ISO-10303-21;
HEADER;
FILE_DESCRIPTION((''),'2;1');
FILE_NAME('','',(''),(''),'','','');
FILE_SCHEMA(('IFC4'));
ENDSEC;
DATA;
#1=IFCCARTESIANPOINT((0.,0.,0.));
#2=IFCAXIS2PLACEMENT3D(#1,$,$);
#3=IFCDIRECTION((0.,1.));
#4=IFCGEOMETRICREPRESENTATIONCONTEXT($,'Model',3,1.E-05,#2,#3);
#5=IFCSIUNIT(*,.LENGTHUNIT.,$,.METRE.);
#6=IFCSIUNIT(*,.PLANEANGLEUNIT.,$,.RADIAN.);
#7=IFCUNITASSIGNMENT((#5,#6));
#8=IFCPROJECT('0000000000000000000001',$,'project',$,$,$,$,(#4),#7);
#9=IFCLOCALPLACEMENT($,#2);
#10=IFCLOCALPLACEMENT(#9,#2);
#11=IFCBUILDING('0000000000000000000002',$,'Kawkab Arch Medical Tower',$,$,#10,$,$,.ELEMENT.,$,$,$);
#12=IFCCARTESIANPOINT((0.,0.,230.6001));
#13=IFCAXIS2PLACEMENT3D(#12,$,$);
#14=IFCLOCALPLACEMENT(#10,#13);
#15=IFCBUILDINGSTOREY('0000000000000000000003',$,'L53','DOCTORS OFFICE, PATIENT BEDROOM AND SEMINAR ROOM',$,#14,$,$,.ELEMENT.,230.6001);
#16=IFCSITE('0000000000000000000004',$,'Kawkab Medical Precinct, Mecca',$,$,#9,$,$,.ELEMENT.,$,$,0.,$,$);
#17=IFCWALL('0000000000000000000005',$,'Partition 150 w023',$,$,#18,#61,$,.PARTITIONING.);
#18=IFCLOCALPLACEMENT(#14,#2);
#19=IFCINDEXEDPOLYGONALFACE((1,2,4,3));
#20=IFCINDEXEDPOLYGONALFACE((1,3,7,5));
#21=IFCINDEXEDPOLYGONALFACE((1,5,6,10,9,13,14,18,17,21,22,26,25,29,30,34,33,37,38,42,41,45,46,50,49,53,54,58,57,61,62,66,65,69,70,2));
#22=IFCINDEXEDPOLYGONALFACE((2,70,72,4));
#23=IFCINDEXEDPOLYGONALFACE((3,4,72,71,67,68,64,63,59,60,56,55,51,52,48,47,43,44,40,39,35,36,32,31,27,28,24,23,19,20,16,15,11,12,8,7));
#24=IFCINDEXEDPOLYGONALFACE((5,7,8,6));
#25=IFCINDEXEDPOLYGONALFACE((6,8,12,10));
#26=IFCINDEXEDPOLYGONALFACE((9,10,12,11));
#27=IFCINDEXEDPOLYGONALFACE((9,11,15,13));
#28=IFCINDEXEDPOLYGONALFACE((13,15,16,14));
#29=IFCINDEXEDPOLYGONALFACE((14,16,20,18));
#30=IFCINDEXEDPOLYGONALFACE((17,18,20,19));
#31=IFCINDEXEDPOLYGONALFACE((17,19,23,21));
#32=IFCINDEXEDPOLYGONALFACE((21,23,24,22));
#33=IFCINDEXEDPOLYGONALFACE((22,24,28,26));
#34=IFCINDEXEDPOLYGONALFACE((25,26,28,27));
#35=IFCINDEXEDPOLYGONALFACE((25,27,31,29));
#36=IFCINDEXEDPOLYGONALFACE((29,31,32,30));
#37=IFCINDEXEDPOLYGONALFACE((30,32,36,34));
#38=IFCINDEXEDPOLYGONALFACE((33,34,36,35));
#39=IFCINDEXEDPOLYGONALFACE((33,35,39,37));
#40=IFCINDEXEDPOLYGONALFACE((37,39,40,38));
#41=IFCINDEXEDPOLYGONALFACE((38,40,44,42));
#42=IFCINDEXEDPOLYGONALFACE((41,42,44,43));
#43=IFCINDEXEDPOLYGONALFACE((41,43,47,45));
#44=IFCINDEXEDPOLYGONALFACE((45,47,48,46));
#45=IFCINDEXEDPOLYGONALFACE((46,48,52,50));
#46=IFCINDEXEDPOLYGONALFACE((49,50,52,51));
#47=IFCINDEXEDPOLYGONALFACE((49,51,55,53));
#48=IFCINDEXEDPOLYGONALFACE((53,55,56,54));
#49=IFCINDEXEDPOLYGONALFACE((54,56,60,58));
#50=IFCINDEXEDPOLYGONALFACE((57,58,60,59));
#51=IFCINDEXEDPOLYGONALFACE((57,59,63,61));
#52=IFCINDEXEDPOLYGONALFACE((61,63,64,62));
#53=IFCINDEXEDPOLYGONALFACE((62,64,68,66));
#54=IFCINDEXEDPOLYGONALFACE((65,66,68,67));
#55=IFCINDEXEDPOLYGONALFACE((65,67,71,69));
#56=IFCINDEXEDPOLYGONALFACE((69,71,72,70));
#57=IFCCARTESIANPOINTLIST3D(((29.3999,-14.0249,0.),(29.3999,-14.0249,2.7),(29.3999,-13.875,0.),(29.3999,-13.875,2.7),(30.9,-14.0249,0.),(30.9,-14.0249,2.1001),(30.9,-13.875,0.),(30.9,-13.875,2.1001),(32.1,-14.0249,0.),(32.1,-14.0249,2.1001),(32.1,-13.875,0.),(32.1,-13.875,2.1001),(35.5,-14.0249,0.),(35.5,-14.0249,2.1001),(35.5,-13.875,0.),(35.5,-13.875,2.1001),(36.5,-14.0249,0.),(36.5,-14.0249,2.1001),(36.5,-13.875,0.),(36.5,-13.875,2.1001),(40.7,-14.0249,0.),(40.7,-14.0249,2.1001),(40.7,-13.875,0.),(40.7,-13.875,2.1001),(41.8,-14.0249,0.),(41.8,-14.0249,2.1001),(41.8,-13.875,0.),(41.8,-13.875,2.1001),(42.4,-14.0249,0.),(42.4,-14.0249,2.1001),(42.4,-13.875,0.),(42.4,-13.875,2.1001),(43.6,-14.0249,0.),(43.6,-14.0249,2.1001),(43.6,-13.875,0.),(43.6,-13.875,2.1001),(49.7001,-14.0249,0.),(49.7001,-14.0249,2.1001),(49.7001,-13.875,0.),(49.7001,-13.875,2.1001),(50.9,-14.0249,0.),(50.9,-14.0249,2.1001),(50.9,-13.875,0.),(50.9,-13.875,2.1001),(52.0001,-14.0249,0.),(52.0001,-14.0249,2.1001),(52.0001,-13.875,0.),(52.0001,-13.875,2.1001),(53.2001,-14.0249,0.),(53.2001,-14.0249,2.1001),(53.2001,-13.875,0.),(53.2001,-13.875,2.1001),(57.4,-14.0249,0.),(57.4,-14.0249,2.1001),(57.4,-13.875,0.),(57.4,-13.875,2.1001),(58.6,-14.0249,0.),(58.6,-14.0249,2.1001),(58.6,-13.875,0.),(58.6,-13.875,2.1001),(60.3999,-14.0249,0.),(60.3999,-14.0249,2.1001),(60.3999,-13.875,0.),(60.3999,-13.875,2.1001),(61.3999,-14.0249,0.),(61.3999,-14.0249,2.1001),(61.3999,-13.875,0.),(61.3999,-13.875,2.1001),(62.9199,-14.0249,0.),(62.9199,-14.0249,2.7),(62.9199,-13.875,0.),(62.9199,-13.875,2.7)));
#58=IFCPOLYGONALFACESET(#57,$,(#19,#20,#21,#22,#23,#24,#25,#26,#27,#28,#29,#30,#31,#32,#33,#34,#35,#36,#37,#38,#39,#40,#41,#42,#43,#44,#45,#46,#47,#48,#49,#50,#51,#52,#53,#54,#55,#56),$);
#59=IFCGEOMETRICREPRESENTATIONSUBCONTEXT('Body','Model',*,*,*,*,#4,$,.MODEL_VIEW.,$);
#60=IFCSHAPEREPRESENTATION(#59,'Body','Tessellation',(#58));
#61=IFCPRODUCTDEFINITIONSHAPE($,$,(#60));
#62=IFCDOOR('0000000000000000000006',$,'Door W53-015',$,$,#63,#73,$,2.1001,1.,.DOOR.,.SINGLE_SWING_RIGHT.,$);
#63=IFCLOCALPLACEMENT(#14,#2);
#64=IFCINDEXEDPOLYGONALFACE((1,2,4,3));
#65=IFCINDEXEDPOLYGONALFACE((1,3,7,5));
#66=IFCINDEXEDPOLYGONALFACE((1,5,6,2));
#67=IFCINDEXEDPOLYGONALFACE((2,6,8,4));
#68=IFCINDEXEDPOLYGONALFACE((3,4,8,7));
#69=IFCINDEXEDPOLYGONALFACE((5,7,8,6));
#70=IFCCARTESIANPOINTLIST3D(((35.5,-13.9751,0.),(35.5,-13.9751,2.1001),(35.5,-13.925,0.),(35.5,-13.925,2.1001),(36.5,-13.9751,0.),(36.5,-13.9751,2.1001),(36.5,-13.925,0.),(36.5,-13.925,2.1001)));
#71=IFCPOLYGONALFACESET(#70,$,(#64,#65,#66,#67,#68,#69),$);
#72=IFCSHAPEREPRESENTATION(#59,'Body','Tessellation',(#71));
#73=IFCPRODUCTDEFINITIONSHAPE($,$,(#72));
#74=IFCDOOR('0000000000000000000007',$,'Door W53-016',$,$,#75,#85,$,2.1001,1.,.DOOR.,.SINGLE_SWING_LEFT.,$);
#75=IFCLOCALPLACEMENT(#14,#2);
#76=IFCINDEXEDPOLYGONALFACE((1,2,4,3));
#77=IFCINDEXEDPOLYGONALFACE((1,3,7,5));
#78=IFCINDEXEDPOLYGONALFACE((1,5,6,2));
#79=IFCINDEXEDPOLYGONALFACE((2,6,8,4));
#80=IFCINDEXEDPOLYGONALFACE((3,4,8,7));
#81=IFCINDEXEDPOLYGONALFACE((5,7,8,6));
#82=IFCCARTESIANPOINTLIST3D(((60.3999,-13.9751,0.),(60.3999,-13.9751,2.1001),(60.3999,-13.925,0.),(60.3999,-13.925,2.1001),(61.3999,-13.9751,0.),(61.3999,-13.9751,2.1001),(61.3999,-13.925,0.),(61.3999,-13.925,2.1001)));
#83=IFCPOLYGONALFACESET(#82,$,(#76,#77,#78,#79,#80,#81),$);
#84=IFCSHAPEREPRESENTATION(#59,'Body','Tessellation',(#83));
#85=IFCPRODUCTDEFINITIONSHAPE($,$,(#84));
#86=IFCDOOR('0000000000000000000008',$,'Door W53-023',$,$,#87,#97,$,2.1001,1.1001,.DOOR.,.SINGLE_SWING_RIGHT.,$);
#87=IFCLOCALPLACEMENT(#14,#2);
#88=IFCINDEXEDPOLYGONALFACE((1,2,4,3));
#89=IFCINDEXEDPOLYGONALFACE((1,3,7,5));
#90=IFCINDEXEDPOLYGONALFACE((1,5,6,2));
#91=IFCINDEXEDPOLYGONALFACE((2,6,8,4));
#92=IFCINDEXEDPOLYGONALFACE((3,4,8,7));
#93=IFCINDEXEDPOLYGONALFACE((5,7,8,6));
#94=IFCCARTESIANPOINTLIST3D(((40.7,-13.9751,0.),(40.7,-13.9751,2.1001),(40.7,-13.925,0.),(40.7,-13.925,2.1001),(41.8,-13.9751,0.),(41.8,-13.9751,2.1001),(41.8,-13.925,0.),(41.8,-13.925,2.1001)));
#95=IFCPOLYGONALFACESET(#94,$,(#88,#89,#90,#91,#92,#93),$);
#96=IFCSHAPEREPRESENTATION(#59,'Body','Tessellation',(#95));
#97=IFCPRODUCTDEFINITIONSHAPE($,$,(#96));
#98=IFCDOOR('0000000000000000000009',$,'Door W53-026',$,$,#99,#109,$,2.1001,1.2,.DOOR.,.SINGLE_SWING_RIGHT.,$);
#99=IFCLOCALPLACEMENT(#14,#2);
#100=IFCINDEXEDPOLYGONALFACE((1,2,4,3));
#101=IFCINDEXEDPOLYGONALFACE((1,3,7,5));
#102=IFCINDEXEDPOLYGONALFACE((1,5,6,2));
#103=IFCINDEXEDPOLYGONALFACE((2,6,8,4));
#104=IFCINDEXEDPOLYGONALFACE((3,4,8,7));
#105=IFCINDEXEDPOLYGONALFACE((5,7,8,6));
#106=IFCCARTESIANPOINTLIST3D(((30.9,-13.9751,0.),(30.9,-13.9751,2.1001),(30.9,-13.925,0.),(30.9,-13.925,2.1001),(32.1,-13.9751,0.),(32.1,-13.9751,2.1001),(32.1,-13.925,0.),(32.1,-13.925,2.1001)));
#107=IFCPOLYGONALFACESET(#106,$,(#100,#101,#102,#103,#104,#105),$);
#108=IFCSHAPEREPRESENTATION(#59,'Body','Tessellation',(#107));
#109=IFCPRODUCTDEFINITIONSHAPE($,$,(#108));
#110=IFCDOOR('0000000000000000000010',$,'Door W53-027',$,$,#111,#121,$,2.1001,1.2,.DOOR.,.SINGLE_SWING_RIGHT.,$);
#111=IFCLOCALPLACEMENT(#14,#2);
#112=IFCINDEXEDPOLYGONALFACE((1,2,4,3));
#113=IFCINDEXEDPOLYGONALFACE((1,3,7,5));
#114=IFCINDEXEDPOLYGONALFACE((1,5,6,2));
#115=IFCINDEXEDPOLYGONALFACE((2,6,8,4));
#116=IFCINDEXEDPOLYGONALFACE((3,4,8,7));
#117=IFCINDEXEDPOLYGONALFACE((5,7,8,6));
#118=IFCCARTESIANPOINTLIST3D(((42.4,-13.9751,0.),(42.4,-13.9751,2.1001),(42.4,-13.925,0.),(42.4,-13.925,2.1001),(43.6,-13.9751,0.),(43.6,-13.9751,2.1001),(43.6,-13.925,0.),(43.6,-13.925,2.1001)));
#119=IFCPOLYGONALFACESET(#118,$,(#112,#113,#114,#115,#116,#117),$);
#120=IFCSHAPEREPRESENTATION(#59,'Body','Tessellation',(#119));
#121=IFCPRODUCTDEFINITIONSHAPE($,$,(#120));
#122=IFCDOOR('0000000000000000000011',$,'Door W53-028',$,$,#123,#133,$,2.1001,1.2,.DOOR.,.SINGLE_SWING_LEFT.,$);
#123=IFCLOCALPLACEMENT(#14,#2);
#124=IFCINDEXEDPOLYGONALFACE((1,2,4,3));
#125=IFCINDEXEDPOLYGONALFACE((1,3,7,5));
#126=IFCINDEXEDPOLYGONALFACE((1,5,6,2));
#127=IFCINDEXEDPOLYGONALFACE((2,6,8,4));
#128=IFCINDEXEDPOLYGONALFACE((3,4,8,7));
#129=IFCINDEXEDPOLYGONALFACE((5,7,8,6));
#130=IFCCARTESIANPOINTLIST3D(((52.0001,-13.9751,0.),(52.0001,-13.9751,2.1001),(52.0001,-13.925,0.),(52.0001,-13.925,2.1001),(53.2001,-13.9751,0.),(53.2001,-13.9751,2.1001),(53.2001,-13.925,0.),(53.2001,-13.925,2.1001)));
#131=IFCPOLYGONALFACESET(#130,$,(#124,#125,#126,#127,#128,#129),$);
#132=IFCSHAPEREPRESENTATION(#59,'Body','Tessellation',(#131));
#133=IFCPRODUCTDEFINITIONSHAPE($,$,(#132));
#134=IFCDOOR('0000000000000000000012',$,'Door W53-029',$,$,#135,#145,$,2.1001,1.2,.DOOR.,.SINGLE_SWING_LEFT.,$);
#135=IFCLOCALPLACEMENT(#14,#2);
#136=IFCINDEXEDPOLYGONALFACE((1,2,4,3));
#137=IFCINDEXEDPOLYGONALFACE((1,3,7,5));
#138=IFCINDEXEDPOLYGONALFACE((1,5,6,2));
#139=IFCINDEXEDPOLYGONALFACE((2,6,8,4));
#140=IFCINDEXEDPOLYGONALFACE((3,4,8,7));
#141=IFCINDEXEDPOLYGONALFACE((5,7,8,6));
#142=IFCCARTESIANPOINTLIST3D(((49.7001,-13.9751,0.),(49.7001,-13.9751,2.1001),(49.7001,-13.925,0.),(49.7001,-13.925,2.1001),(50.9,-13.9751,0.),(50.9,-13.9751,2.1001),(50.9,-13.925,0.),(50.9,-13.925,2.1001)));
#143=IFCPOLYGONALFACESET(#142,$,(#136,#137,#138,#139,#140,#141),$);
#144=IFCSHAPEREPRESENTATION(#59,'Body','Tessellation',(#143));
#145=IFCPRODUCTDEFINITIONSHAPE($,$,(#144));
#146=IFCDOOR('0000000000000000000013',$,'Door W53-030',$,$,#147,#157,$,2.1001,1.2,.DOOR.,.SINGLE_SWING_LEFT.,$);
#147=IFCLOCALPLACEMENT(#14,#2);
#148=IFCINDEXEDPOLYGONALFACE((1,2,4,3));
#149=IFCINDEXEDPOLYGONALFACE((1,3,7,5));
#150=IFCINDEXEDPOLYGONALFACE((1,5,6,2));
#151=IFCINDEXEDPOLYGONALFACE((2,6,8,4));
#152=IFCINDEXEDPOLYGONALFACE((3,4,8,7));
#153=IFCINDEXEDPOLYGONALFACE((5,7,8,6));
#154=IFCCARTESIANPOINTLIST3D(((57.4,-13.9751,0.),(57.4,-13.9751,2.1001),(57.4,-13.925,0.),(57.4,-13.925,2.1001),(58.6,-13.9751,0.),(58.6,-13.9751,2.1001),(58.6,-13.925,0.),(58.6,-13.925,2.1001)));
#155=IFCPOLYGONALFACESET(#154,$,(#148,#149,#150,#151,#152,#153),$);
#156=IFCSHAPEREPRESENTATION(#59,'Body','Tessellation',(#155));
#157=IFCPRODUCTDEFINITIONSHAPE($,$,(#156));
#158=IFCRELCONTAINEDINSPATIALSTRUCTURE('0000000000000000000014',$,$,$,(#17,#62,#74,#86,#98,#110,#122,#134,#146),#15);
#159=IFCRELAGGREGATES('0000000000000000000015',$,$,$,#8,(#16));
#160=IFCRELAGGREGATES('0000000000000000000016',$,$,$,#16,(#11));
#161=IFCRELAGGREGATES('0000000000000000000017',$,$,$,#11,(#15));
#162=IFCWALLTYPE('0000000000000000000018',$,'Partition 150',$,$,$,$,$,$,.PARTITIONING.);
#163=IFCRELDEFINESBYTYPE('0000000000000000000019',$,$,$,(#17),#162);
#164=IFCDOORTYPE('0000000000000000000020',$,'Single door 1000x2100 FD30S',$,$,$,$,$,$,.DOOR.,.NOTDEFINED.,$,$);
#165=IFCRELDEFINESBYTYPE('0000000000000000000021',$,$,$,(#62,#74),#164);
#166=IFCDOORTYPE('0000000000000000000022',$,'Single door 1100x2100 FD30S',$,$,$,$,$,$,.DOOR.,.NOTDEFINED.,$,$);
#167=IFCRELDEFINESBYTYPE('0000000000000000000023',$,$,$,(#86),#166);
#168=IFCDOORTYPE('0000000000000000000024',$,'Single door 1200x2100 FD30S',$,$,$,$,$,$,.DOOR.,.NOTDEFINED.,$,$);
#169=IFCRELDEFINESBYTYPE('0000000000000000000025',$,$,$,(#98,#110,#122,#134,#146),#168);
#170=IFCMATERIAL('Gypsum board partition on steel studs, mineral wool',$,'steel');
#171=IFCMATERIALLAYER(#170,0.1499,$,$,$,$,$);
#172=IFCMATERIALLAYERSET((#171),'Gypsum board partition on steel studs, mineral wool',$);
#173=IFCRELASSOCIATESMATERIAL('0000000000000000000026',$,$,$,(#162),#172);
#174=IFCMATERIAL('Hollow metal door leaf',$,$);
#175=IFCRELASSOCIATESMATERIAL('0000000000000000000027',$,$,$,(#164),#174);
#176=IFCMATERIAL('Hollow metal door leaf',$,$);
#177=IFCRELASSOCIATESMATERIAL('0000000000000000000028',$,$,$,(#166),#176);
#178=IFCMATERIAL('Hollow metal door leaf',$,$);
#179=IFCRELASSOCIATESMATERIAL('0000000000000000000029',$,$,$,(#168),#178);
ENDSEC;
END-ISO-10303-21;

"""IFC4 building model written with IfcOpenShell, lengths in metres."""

from ifc_helpers import new_model, si_unit, direction, frame, frame_2d, origin, place, context, subcontext, project, spatial, rectangle, extrude, material, layer, layer_set, type_object, element, fill, save


model = new_model("IFC4")

# Units and contexts
model_context = context("Model", 3, precision=1e-05, world=origin(), true_north=direction((0.0, 1.0)))
body_context = subcontext(model_context, "Body", "Model", "MODEL_VIEW")
ifc_project = project(units=[si_unit("LENGTHUNIT", "METRE"), si_unit("PLANEANGLEUNIT", "RADIAN")], contexts=[model_context])

# Site, building, storey
site_placement = place(None, origin())
site = spatial("IfcSite", under=ifc_project, at=site_placement, Name="Kawkab Medical Precinct, Mecca", CompositionType="ELEMENT", RefElevation=0.0)
building_placement = place(site_placement, origin())
building = spatial("IfcBuilding", under=site, at=building_placement, Name="Kawkab Arch Medical Tower", CompositionType="ELEMENT")
storey_placement = place(building_placement, frame((0.0, 0.0, 230.6001)))
storey = spatial("IfcBuildingStorey", under=building, at=storey_placement, Name="L53", Description="DOCTORS OFFICE, PATIENT BEDROOM AND SEMINAR ROOM", CompositionType="ELEMENT", Elevation=230.6001)

# Shared definitions
ifc_material_1 = material(Name="Gypsum board partition on steel studs, mineral wool", Category="steel")
ifc_layer_1 = layer(ifc_material_1, 0.1499)
ifc_layer_set_1 = layer_set([ifc_layer_1], Name="Gypsum board partition on steel studs, mineral wool")
wall_type_1 = type_object("IfcWallType", Name="Partition 150", PredefinedType="PARTITIONING", material=ifc_layer_set_1)

# Wall, openings, doors
wall_1_placement = place(storey_placement, frame((29.3999, -13.95, 0.0), z_axis=(0.0, 0.0, 1.0), x_axis=(1.0, 0.0, 0.0)))
wall_1 = element("IfcWall", 1, at=wall_1_placement, inside=storey, type_object=wall_type_1, Name="Partition 150 w023", PredefinedType="PARTITIONING", context=body_context, shape_type="SweptSolid", body=[
    extrude(rectangle(XDim=33.52, YDim=0.1499, at=frame_2d((16.76, 0.0))), origin(), (0.0, 0.0, 1.0), 2.7),
])
opening_1_placement = place(wall_1_placement, frame((1.5, 0.0, 0.0)))
opening_1 = element("IfcOpeningElement", 2, at=opening_1_placement, cuts=wall_1, PredefinedType="OPENING", context=body_context, shape_type="SweptSolid", body=[
    extrude(rectangle(XDim=1.2, YDim=2.1001, at=frame_2d((0.6001, 1.05))), frame((0.0, 0.085, 0.0), z_axis=(0.0, -1.0, 0.0), x_axis=(1.0, 0.0, 0.0)), (0.0, 0.0, 1.0), 0.1699),
])
opening_2_placement = place(wall_1_placement, frame((6.1001, 0.0, 0.0)))
opening_2 = element("IfcOpeningElement", 3, at=opening_2_placement, cuts=wall_1, PredefinedType="OPENING", context=body_context, shape_type="SweptSolid", body=[
    extrude(rectangle(XDim=1.0, YDim=2.1001, at=frame_2d((0.5, 1.05))), frame((0.0, 0.085, 0.0), z_axis=(0.0, -1.0, 0.0), x_axis=(1.0, 0.0, 0.0)), (0.0, 0.0, 1.0), 0.1699),
])
opening_3_placement = place(wall_1_placement, frame((11.3, 0.0, 0.0)))
opening_3 = element("IfcOpeningElement", 4, at=opening_3_placement, cuts=wall_1, PredefinedType="OPENING", context=body_context, shape_type="SweptSolid", body=[
    extrude(rectangle(XDim=1.1001, YDim=2.1001, at=frame_2d((0.55, 1.05))), frame((0.0, 0.085, 0.0), z_axis=(0.0, -1.0, 0.0), x_axis=(1.0, 0.0, 0.0)), (0.0, 0.0, 1.0), 0.1699),
])
opening_4_placement = place(wall_1_placement, frame((13.0, 0.0, 0.0)))
opening_4 = element("IfcOpeningElement", 5, at=opening_4_placement, cuts=wall_1, PredefinedType="OPENING", context=body_context, shape_type="SweptSolid", body=[
    extrude(rectangle(XDim=1.2, YDim=2.1001, at=frame_2d((0.6001, 1.05))), frame((0.0, 0.085, 0.0), z_axis=(0.0, -1.0, 0.0), x_axis=(1.0, 0.0, 0.0)), (0.0, 0.0, 1.0), 0.1699),
])
opening_5_placement = place(wall_1_placement, frame((22.6001, 0.0, 0.0)))
opening_5 = element("IfcOpeningElement", 6, at=opening_5_placement, cuts=wall_1, PredefinedType="OPENING", context=body_context, shape_type="SweptSolid", body=[
    extrude(rectangle(XDim=1.2, YDim=2.1001, at=frame_2d((0.6001, 1.05))), frame((0.0, 0.085, 0.0), z_axis=(0.0, -1.0, 0.0), x_axis=(1.0, 0.0, 0.0)), (0.0, 0.0, 1.0), 0.1699),
])
opening_6_placement = place(wall_1_placement, frame((20.3, 0.0, 0.0)))
opening_6 = element("IfcOpeningElement", 7, at=opening_6_placement, cuts=wall_1, PredefinedType="OPENING", context=body_context, shape_type="SweptSolid", body=[
    extrude(rectangle(XDim=1.2, YDim=2.1001, at=frame_2d((0.6001, 1.05))), frame((0.0, 0.085, 0.0), z_axis=(0.0, -1.0, 0.0), x_axis=(1.0, 0.0, 0.0)), (0.0, 0.0, 1.0), 0.1699),
])
opening_7_placement = place(wall_1_placement, frame((28.0, 0.0, 0.0)))
opening_7 = element("IfcOpeningElement", 8, at=opening_7_placement, cuts=wall_1, PredefinedType="OPENING", context=body_context, shape_type="SweptSolid", body=[
    extrude(rectangle(XDim=1.2, YDim=2.1001, at=frame_2d((0.6001, 1.05))), frame((0.0, 0.085, 0.0), z_axis=(0.0, -1.0, 0.0), x_axis=(1.0, 0.0, 0.0)), (0.0, 0.0, 1.0), 0.1699),
])
opening_8_placement = place(wall_1_placement, frame((31.0, 0.0, 0.0)))
opening_8 = element("IfcOpeningElement", 9, at=opening_8_placement, cuts=wall_1, PredefinedType="OPENING", context=body_context, shape_type="SweptSolid", body=[
    extrude(rectangle(XDim=1.0, YDim=2.1001, at=frame_2d((0.5, 1.05))), frame((0.0, 0.085, 0.0), z_axis=(0.0, -1.0, 0.0), x_axis=(1.0, 0.0, 0.0)), (0.0, 0.0, 1.0), 0.1699),
])
ifc_material_2 = material(Name="Hollow metal door leaf")
door_type_1 = type_object("IfcDoorType", Name="Single door 1000x2100 FD30S", OperationType="NOTDEFINED", PredefinedType="DOOR", material=ifc_material_2)
door_1_placement = place(opening_2_placement, origin())
door_1 = element("IfcDoor", 10, at=door_1_placement, inside=storey, type_object=door_type_1, Name="Door W53-015", OperationType="SINGLE_SWING_RIGHT", OverallHeight=2.1001, OverallWidth=1.0, PredefinedType="DOOR", context=body_context, shape_type="SweptSolid", body=[
    extrude(rectangle(XDim=1.0, YDim=2.1001, at=frame_2d((0.5, 1.05))), frame((0.0, 0.0249, 0.0), z_axis=(0.0, -1.0, 0.0), x_axis=(1.0, 0.0, 0.0)), (0.0, 0.0, 1.0), 0.05),
])
fill(opening_2, door_1)
door_2_placement = place(opening_8_placement, origin())
door_2 = element("IfcDoor", 11, at=door_2_placement, inside=storey, type_object=door_type_1, Name="Door W53-016", OperationType="SINGLE_SWING_LEFT", OverallHeight=2.1001, OverallWidth=1.0, PredefinedType="DOOR", context=body_context, shape_type="SweptSolid", body=[
    extrude(rectangle(XDim=1.0, YDim=2.1001, at=frame_2d((0.5, 1.05))), frame((0.0, 0.0249, 0.0), z_axis=(0.0, -1.0, 0.0), x_axis=(1.0, 0.0, 0.0)), (0.0, 0.0, 1.0), 0.05),
])
fill(opening_8, door_2)
ifc_material_3 = material(Name="Hollow metal door leaf")
door_type_2 = type_object("IfcDoorType", Name="Single door 1100x2100 FD30S", OperationType="NOTDEFINED", PredefinedType="DOOR", material=ifc_material_3)
door_3_placement = place(opening_3_placement, origin())
door_3 = element("IfcDoor", 12, at=door_3_placement, inside=storey, type_object=door_type_2, Name="Door W53-023", OperationType="SINGLE_SWING_RIGHT", OverallHeight=2.1001, OverallWidth=1.1001, PredefinedType="DOOR", context=body_context, shape_type="SweptSolid", body=[
    extrude(rectangle(XDim=1.1001, YDim=2.1001, at=frame_2d((0.55, 1.05))), frame((0.0, 0.0249, 0.0), z_axis=(0.0, -1.0, 0.0), x_axis=(1.0, 0.0, 0.0)), (0.0, 0.0, 1.0), 0.05),
])
fill(opening_3, door_3)
ifc_material_4 = material(Name="Hollow metal door leaf")
door_type_3 = type_object("IfcDoorType", Name="Single door 1200x2100 FD30S", OperationType="NOTDEFINED", PredefinedType="DOOR", material=ifc_material_4)
door_4_placement = place(opening_1_placement, origin())
door_4 = element("IfcDoor", 13, at=door_4_placement, inside=storey, type_object=door_type_3, Name="Door W53-026", OperationType="SINGLE_SWING_RIGHT", OverallHeight=2.1001, OverallWidth=1.2, PredefinedType="DOOR", context=body_context, shape_type="SweptSolid", body=[
    extrude(rectangle(XDim=1.2, YDim=2.1001, at=frame_2d((0.6001, 1.05))), frame((0.0, 0.0249, 0.0), z_axis=(0.0, -1.0, 0.0), x_axis=(1.0, 0.0, 0.0)), (0.0, 0.0, 1.0), 0.05),
])
fill(opening_1, door_4)
door_5_placement = place(opening_4_placement, origin())
door_5 = element("IfcDoor", 14, at=door_5_placement, inside=storey, type_object=door_type_3, Name="Door W53-027", OperationType="SINGLE_SWING_RIGHT", OverallHeight=2.1001, OverallWidth=1.2, PredefinedType="DOOR", context=body_context, shape_type="SweptSolid", body=[
    extrude(rectangle(XDim=1.2, YDim=2.1001, at=frame_2d((0.6001, 1.05))), frame((0.0, 0.0249, 0.0), z_axis=(0.0, -1.0, 0.0), x_axis=(1.0, 0.0, 0.0)), (0.0, 0.0, 1.0), 0.05),
])
fill(opening_4, door_5)
door_6_placement = place(opening_5_placement, origin())
door_6 = element("IfcDoor", 15, at=door_6_placement, inside=storey, type_object=door_type_3, Name="Door W53-028", OperationType="SINGLE_SWING_LEFT", OverallHeight=2.1001, OverallWidth=1.2, PredefinedType="DOOR", context=body_context, shape_type="SweptSolid", body=[
    extrude(rectangle(XDim=1.2, YDim=2.1001, at=frame_2d((0.6001, 1.05))), frame((0.0, 0.0249, 0.0), z_axis=(0.0, -1.0, 0.0), x_axis=(1.0, 0.0, 0.0)), (0.0, 0.0, 1.0), 0.05),
])
fill(opening_5, door_6)
door_7_placement = place(opening_6_placement, origin())
door_7 = element("IfcDoor", 16, at=door_7_placement, inside=storey, type_object=door_type_3, Name="Door W53-029", OperationType="SINGLE_SWING_LEFT", OverallHeight=2.1001, OverallWidth=1.2, PredefinedType="DOOR", context=body_context, shape_type="SweptSolid", body=[
    extrude(rectangle(XDim=1.2, YDim=2.1001, at=frame_2d((0.6001, 1.05))), frame((0.0, 0.0249, 0.0), z_axis=(0.0, -1.0, 0.0), x_axis=(1.0, 0.0, 0.0)), (0.0, 0.0, 1.0), 0.05),
])
fill(opening_6, door_7)
door_8_placement = place(opening_7_placement, origin())
door_8 = element("IfcDoor", 17, at=door_8_placement, inside=storey, type_object=door_type_3, Name="Door W53-030", OperationType="SINGLE_SWING_LEFT", OverallHeight=2.1001, OverallWidth=1.2, PredefinedType="DOOR", context=body_context, shape_type="SweptSolid", body=[
    extrude(rectangle(XDim=1.2, YDim=2.1001, at=frame_2d((0.6001, 1.05))), frame((0.0, 0.0249, 0.0), z_axis=(0.0, -1.0, 0.0), x_axis=(1.0, 0.0, 0.0)), (0.0, 0.0, 1.0), 0.05),
])
fill(opening_7, door_8)

save(model, "model.ifc")
